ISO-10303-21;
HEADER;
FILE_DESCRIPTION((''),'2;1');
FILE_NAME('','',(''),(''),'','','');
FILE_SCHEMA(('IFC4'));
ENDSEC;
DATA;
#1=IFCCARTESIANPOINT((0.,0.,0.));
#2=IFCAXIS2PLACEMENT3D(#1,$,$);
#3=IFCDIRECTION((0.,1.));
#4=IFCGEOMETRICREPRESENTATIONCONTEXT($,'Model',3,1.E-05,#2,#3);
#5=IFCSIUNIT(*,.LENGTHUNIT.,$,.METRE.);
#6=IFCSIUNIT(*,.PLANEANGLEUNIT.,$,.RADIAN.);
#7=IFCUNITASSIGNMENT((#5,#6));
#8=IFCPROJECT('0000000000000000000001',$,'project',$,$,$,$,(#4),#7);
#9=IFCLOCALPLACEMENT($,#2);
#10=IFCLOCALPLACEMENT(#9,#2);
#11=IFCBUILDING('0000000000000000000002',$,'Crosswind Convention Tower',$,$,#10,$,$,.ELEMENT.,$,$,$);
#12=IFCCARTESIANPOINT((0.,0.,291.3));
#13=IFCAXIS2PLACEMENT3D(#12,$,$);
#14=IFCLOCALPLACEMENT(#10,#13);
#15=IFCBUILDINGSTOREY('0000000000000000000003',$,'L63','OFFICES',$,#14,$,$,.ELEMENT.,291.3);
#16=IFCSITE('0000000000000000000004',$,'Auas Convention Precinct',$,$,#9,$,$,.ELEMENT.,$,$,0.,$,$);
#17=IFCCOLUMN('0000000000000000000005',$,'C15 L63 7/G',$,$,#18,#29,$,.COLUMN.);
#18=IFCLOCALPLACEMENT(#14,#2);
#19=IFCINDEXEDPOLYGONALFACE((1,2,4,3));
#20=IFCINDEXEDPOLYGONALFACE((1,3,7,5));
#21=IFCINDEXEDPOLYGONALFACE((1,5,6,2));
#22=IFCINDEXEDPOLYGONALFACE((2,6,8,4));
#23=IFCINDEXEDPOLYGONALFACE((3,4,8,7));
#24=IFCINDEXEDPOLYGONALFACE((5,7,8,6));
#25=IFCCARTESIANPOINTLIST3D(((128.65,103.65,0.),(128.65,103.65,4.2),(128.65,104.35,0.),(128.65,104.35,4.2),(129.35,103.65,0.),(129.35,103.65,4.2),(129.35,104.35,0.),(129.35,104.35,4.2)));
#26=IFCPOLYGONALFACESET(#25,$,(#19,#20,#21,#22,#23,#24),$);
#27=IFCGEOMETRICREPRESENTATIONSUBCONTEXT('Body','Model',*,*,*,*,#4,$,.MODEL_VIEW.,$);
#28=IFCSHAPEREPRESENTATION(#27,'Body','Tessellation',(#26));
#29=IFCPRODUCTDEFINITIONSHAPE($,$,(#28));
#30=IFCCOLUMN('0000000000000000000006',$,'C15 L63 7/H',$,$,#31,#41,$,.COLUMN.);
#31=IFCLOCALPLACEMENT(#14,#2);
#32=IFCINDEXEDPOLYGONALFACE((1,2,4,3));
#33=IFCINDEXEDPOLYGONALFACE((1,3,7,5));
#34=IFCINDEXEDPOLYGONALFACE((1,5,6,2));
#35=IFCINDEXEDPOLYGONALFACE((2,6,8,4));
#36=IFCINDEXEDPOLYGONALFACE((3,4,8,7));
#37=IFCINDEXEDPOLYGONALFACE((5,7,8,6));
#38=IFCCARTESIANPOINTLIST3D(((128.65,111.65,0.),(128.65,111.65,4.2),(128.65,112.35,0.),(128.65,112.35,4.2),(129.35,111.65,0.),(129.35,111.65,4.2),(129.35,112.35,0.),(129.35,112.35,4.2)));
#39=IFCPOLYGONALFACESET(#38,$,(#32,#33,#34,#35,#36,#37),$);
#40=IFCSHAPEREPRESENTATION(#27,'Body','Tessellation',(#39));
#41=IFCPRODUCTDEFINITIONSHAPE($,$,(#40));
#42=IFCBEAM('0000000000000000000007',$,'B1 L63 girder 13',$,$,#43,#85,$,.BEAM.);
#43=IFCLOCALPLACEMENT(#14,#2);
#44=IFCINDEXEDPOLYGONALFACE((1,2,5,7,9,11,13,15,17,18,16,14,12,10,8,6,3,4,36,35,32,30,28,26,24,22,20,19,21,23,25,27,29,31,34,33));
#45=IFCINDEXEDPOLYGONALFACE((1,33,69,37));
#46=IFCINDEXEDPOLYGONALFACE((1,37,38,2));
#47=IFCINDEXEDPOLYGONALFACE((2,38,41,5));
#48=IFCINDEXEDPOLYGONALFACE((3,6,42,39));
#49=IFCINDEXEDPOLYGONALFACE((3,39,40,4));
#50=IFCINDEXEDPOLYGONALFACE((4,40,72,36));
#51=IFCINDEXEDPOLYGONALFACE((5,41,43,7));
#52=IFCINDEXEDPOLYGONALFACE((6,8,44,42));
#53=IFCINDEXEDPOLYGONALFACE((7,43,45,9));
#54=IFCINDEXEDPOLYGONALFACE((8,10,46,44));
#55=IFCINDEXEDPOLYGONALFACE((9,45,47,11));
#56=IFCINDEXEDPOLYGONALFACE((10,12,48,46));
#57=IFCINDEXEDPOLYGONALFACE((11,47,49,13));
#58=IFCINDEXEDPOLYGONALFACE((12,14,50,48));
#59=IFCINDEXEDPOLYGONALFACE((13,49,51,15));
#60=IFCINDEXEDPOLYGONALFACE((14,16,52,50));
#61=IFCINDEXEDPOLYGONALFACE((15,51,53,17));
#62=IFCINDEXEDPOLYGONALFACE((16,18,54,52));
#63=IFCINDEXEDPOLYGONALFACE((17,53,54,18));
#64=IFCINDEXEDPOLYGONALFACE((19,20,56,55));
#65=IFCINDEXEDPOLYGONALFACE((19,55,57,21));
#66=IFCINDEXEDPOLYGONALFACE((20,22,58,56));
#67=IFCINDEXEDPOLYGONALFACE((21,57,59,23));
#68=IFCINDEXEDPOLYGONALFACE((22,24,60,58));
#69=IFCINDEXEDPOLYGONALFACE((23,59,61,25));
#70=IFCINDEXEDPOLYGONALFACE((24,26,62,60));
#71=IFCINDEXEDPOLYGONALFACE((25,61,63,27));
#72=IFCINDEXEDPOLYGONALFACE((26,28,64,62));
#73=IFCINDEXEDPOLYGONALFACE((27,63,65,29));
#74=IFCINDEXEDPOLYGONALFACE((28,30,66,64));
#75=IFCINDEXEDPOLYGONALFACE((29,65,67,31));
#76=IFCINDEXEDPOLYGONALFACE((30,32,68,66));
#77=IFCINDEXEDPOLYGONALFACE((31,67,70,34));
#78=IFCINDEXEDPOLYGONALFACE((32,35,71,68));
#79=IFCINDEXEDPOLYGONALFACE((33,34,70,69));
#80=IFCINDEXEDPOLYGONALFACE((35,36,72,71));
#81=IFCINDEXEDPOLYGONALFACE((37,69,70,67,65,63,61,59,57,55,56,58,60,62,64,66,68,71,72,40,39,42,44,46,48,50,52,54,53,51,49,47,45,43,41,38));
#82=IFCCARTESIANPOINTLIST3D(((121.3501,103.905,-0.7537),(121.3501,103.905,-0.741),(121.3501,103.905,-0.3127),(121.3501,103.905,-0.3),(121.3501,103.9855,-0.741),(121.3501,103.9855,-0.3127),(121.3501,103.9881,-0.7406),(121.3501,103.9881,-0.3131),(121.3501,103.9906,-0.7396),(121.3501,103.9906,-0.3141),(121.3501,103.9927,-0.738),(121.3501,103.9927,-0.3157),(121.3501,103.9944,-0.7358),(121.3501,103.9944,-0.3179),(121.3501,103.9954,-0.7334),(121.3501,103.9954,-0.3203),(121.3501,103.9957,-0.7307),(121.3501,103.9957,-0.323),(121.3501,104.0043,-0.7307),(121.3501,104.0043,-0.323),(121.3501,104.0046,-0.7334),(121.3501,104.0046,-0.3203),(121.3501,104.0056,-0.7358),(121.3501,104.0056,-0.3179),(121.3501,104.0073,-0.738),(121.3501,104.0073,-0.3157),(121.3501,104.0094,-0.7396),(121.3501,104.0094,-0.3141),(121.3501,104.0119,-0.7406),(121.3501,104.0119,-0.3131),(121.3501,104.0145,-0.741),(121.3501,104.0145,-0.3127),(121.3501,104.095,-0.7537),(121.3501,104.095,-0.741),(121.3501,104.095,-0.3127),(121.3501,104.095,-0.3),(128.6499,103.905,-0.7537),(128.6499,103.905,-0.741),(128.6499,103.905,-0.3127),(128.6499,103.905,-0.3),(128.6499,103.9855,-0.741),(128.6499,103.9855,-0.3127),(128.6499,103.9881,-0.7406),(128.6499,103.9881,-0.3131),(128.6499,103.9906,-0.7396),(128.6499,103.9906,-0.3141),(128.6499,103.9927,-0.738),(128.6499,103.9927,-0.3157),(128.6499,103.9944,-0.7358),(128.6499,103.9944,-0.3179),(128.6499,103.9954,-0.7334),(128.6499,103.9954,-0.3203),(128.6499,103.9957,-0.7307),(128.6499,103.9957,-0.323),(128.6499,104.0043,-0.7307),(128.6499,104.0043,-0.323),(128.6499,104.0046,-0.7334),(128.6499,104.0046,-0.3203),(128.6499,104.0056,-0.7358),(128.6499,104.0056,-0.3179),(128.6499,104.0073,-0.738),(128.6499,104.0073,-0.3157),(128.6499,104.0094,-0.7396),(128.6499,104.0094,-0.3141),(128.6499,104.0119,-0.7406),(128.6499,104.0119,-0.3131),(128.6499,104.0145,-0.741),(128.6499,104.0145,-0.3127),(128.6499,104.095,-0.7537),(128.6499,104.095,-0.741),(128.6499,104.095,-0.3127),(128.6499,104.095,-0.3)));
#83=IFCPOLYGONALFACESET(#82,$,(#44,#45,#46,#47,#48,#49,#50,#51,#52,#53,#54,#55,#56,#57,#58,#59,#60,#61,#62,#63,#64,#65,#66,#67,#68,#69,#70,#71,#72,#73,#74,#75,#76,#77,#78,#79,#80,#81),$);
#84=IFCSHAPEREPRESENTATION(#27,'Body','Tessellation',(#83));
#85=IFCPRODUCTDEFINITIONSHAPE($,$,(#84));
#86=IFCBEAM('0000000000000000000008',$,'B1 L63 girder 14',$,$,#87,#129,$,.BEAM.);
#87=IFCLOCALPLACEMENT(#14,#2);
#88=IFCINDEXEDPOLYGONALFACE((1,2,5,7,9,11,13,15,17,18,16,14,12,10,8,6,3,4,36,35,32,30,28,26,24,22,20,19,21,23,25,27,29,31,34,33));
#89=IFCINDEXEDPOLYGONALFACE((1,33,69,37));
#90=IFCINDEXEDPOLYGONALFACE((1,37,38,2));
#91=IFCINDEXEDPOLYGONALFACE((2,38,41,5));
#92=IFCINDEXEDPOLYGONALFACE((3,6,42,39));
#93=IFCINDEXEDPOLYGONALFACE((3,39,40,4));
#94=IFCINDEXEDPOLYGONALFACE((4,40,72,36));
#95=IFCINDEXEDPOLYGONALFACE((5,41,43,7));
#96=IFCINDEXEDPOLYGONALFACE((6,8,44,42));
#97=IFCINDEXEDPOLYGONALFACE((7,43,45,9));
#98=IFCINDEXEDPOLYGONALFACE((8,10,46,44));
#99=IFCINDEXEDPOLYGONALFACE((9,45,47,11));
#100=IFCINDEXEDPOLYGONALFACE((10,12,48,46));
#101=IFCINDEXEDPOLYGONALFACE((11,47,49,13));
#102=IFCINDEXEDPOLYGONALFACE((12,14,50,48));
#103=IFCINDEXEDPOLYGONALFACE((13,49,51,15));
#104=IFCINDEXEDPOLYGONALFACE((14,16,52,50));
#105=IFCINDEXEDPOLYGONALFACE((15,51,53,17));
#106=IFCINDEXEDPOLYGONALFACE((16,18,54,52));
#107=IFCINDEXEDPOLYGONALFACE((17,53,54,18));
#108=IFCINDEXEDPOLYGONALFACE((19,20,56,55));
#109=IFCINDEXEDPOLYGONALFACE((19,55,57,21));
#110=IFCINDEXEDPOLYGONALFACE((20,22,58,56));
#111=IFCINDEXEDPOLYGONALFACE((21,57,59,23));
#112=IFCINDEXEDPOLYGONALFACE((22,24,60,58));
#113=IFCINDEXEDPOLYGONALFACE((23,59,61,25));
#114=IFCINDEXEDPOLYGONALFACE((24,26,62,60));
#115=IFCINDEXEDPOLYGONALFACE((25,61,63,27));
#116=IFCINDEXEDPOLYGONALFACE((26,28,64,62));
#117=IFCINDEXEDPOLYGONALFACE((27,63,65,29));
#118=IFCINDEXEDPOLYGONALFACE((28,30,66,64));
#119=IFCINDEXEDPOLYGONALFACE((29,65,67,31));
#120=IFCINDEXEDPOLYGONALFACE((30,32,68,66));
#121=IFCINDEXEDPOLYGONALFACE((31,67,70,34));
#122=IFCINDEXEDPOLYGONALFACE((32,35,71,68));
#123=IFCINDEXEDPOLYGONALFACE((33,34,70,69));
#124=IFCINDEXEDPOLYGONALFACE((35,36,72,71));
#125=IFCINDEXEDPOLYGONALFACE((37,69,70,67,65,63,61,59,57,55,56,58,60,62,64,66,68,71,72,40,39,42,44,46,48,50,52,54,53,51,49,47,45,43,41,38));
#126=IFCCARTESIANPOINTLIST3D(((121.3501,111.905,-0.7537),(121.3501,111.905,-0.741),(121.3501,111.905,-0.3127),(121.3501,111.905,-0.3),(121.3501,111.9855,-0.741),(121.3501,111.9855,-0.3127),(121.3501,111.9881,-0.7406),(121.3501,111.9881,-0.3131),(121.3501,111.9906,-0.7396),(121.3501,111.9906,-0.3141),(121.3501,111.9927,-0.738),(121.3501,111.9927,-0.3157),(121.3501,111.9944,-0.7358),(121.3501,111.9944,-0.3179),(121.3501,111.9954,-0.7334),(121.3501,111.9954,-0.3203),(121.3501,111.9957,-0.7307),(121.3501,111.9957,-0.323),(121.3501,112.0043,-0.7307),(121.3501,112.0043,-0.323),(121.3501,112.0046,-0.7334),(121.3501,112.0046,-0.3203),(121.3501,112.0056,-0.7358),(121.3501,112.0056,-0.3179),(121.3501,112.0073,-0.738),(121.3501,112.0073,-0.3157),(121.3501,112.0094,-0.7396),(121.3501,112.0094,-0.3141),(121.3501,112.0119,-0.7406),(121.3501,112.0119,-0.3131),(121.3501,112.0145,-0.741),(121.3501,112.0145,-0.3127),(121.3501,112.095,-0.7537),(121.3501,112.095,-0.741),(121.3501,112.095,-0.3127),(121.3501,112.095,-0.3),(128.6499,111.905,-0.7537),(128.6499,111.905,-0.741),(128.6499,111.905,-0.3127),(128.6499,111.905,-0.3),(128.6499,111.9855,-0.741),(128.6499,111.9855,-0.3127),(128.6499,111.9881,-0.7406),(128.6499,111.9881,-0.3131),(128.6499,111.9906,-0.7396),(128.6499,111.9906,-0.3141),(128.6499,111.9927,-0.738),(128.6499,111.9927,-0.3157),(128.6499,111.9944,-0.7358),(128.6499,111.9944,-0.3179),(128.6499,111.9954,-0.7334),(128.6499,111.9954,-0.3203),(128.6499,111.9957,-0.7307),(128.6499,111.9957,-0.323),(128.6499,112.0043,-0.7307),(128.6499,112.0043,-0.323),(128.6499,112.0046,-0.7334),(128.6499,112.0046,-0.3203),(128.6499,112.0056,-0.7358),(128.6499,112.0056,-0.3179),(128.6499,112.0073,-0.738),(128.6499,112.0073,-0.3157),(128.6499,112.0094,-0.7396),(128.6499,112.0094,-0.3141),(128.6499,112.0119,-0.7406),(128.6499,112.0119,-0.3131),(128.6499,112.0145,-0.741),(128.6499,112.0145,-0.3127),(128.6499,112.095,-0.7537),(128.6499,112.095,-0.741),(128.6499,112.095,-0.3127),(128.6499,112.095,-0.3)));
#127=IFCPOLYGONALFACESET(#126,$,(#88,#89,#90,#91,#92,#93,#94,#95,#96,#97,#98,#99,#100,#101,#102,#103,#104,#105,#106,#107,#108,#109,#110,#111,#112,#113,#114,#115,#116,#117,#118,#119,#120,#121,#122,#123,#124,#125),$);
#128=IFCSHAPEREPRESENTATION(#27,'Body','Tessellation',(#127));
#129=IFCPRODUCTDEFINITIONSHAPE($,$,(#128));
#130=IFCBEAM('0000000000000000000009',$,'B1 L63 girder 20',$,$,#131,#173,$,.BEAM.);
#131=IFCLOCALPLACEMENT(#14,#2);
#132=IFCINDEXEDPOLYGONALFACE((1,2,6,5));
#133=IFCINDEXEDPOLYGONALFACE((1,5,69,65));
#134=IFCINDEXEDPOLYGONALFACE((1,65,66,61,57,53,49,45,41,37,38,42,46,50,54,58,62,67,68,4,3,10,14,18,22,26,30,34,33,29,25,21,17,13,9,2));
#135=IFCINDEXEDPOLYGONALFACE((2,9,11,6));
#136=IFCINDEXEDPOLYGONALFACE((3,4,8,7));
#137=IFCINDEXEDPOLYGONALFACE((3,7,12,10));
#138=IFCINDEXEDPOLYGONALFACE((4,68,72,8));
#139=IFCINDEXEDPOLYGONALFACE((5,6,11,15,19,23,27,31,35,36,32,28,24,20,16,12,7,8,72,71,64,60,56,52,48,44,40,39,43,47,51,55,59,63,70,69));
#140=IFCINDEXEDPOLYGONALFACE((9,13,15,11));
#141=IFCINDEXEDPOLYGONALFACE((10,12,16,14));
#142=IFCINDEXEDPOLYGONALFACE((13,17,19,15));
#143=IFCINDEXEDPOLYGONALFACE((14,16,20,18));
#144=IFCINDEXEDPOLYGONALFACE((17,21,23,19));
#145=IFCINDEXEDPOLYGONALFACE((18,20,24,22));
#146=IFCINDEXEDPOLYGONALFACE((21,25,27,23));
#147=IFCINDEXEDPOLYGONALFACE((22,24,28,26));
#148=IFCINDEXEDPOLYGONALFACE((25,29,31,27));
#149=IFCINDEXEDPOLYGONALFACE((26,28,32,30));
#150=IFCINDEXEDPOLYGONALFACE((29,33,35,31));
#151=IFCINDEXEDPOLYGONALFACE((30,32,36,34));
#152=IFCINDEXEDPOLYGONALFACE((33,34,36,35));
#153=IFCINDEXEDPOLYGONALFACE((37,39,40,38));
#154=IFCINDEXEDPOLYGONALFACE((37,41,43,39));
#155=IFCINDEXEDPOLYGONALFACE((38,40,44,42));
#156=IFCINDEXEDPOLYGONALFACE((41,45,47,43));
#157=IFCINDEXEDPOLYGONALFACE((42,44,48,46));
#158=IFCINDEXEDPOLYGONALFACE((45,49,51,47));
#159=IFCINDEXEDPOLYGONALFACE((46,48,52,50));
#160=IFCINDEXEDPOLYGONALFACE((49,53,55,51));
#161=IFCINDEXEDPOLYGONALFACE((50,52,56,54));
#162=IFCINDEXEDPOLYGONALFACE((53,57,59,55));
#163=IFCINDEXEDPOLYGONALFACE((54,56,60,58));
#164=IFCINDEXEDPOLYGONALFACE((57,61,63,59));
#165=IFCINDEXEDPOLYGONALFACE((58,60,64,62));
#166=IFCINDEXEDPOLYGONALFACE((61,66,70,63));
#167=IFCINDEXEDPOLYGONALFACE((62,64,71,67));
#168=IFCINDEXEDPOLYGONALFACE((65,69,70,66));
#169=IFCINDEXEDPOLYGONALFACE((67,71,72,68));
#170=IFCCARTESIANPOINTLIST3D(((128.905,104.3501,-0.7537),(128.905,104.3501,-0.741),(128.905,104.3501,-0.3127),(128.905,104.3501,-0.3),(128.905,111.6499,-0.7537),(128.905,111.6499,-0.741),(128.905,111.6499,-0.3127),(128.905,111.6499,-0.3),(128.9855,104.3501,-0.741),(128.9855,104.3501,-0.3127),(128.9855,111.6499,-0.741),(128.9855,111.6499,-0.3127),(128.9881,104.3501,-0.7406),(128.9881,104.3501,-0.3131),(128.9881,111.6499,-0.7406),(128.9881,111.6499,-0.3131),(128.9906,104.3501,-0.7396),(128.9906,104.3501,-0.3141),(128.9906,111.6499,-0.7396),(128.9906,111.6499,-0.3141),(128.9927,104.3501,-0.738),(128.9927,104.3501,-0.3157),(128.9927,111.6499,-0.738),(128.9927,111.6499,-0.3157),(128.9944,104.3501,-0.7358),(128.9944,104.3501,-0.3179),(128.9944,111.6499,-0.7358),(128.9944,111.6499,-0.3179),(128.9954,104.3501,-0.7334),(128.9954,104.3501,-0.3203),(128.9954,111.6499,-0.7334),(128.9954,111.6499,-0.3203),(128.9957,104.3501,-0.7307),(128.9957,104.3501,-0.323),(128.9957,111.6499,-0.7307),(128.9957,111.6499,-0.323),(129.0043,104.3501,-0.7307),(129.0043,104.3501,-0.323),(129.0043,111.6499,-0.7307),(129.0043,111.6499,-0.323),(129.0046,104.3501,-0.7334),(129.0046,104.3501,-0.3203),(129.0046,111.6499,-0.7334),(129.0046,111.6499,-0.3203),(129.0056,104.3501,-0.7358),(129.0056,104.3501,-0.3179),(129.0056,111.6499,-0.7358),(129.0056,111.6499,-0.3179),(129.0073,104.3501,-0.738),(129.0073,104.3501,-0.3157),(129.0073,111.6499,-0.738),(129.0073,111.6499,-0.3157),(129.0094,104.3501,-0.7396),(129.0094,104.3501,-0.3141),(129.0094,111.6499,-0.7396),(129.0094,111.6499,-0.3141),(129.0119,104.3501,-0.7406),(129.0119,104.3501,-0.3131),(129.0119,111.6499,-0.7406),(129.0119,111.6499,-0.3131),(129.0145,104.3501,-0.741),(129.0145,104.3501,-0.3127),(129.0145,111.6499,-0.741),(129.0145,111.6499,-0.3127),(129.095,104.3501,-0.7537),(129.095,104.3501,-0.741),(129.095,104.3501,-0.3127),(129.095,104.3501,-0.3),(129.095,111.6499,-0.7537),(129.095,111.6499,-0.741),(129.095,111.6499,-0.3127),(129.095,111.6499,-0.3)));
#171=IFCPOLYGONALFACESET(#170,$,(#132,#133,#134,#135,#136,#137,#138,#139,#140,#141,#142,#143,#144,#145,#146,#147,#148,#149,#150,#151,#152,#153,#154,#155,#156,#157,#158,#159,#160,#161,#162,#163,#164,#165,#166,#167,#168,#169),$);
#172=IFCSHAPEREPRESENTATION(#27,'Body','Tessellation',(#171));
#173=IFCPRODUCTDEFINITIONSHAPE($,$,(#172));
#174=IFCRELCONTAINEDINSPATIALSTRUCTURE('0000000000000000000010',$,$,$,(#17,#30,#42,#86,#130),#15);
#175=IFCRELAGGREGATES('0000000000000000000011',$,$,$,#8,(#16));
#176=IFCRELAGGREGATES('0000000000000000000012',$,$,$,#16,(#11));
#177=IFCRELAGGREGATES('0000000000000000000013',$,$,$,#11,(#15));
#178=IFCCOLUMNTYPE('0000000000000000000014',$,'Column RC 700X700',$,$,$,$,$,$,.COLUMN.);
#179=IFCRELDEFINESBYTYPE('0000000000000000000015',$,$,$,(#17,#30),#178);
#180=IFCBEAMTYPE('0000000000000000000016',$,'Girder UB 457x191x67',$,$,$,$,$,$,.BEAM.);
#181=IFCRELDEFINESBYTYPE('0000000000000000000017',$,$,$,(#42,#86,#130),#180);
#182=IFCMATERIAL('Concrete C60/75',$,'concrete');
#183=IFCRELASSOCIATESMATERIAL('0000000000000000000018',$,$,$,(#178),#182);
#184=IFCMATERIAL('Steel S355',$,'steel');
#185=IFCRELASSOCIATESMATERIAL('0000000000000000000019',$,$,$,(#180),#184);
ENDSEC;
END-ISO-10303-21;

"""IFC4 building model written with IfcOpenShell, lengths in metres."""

from ifc_helpers import new_model, si_unit, direction, frame, origin, origin_2d, place, context, subcontext, project, spatial, rectangle, i_section, extrude, material, material_profile, profile_set, type_object, element, save


model = new_model("IFC4")

# Units and contexts
model_context = context("Model", 3, precision=1e-05, world=origin(), true_north=direction((0.0, 1.0)))
body_context = subcontext(model_context, "Body", "Model", "MODEL_VIEW")
ifc_project = project(units=[si_unit("LENGTHUNIT", "METRE"), si_unit("PLANEANGLEUNIT", "RADIAN")], contexts=[model_context])

# Site, building, storey
site_placement = place(None, origin())
site = spatial("IfcSite", under=ifc_project, at=site_placement, Name="Auas Convention Precinct", CompositionType="ELEMENT", RefElevation=0.0)
building_placement = place(site_placement, origin())
building = spatial("IfcBuilding", under=site, at=building_placement, Name="Crosswind Convention Tower", CompositionType="ELEMENT")
storey_placement = place(building_placement, frame((0.0, 0.0, 291.3)))
storey = spatial("IfcBuildingStorey", under=building, at=storey_placement, Name="L63", Description="OFFICES", CompositionType="ELEMENT", Elevation=291.3)

# Columns
ifc_material_1 = material(Name="Concrete C60/75", Category="concrete")
ifc_material_profile_1 = material_profile(ifc_material_1, rectangle(XDim=0.7, YDim=0.7, at=origin_2d()), Name="RC 700X700")
ifc_profile_set_1 = profile_set([ifc_material_profile_1], Name="Concrete C60/75")
column_type = type_object("IfcColumnType", Name="Column RC 700X700", PredefinedType="COLUMN", material=ifc_profile_set_1)
for number, where, z_axis, x_axis, name in (
    (1, (129.0, 104.0, 0.0), (0.0, 0.0, 1.0), (1.0, 0.0, 0.0), "C15 L63 7/G"),
    (2, (129.0, 112.0, 0.0), (0.0, 0.0, 1.0), (1.0, 0.0, 0.0), "C15 L63 7/H"),
):
    element("IfcColumn", number, at=place(storey_placement, frame(where, z_axis=z_axis, x_axis=x_axis)), inside=storey, type_object=column_type, Name=name, PredefinedType="COLUMN", context=body_context, shape_type="SweptSolid", body=[
        extrude(rectangle(XDim=0.7, YDim=0.7, at=origin_2d()), origin(), (0.0, 0.0, 1.0), 4.2),
    ])

# Beams
ifc_material_2 = material(Name="Steel S355", Category="steel")
ifc_material_profile_2 = material_profile(ifc_material_2, i_section(OverallWidth=0.1899, OverallDepth=0.4536, WebThickness=0.0085, FlangeThickness=0.0127, FilletRadius=0.0103, at=origin_2d()), Name="UB 457x191x67")
ifc_profile_set_2 = profile_set([ifc_material_profile_2], Name="Steel S355")
beam_type_1 = type_object("IfcBeamType", Name="Girder UB 457x191x67", PredefinedType="BEAM", material=ifc_profile_set_2)
for number, where, z_axis, x_axis, name in (
    (3, (121.3501, 104.0, -0.5269), (1.0, 0.0, 0.0), (0.0, 1.0, 0.0), "B1 L63 girder 13"),
    (4, (121.3501, 112.0, -0.5269), (1.0, 0.0, 0.0), (0.0, 1.0, 0.0), "B1 L63 girder 14"),
    (5, (129.0, 104.3501, -0.5269), (0.0, 1.0, 0.0), (-1.0, 0.0, 0.0), "B1 L63 girder 20"),
):
    element("IfcBeam", number, at=place(storey_placement, frame(where, z_axis=z_axis, x_axis=x_axis)), inside=storey, type_object=beam_type_1, Name=name, PredefinedType="BEAM", context=body_context, shape_type="SweptSolid", body=[
        extrude(i_section(OverallWidth=0.1899, OverallDepth=0.4536, WebThickness=0.0085, FlangeThickness=0.0127, FilletRadius=0.0103, at=origin_2d()), origin(), (0.0, 0.0, 1.0), 7.2998),
    ])

save(model, "model.ifc")
